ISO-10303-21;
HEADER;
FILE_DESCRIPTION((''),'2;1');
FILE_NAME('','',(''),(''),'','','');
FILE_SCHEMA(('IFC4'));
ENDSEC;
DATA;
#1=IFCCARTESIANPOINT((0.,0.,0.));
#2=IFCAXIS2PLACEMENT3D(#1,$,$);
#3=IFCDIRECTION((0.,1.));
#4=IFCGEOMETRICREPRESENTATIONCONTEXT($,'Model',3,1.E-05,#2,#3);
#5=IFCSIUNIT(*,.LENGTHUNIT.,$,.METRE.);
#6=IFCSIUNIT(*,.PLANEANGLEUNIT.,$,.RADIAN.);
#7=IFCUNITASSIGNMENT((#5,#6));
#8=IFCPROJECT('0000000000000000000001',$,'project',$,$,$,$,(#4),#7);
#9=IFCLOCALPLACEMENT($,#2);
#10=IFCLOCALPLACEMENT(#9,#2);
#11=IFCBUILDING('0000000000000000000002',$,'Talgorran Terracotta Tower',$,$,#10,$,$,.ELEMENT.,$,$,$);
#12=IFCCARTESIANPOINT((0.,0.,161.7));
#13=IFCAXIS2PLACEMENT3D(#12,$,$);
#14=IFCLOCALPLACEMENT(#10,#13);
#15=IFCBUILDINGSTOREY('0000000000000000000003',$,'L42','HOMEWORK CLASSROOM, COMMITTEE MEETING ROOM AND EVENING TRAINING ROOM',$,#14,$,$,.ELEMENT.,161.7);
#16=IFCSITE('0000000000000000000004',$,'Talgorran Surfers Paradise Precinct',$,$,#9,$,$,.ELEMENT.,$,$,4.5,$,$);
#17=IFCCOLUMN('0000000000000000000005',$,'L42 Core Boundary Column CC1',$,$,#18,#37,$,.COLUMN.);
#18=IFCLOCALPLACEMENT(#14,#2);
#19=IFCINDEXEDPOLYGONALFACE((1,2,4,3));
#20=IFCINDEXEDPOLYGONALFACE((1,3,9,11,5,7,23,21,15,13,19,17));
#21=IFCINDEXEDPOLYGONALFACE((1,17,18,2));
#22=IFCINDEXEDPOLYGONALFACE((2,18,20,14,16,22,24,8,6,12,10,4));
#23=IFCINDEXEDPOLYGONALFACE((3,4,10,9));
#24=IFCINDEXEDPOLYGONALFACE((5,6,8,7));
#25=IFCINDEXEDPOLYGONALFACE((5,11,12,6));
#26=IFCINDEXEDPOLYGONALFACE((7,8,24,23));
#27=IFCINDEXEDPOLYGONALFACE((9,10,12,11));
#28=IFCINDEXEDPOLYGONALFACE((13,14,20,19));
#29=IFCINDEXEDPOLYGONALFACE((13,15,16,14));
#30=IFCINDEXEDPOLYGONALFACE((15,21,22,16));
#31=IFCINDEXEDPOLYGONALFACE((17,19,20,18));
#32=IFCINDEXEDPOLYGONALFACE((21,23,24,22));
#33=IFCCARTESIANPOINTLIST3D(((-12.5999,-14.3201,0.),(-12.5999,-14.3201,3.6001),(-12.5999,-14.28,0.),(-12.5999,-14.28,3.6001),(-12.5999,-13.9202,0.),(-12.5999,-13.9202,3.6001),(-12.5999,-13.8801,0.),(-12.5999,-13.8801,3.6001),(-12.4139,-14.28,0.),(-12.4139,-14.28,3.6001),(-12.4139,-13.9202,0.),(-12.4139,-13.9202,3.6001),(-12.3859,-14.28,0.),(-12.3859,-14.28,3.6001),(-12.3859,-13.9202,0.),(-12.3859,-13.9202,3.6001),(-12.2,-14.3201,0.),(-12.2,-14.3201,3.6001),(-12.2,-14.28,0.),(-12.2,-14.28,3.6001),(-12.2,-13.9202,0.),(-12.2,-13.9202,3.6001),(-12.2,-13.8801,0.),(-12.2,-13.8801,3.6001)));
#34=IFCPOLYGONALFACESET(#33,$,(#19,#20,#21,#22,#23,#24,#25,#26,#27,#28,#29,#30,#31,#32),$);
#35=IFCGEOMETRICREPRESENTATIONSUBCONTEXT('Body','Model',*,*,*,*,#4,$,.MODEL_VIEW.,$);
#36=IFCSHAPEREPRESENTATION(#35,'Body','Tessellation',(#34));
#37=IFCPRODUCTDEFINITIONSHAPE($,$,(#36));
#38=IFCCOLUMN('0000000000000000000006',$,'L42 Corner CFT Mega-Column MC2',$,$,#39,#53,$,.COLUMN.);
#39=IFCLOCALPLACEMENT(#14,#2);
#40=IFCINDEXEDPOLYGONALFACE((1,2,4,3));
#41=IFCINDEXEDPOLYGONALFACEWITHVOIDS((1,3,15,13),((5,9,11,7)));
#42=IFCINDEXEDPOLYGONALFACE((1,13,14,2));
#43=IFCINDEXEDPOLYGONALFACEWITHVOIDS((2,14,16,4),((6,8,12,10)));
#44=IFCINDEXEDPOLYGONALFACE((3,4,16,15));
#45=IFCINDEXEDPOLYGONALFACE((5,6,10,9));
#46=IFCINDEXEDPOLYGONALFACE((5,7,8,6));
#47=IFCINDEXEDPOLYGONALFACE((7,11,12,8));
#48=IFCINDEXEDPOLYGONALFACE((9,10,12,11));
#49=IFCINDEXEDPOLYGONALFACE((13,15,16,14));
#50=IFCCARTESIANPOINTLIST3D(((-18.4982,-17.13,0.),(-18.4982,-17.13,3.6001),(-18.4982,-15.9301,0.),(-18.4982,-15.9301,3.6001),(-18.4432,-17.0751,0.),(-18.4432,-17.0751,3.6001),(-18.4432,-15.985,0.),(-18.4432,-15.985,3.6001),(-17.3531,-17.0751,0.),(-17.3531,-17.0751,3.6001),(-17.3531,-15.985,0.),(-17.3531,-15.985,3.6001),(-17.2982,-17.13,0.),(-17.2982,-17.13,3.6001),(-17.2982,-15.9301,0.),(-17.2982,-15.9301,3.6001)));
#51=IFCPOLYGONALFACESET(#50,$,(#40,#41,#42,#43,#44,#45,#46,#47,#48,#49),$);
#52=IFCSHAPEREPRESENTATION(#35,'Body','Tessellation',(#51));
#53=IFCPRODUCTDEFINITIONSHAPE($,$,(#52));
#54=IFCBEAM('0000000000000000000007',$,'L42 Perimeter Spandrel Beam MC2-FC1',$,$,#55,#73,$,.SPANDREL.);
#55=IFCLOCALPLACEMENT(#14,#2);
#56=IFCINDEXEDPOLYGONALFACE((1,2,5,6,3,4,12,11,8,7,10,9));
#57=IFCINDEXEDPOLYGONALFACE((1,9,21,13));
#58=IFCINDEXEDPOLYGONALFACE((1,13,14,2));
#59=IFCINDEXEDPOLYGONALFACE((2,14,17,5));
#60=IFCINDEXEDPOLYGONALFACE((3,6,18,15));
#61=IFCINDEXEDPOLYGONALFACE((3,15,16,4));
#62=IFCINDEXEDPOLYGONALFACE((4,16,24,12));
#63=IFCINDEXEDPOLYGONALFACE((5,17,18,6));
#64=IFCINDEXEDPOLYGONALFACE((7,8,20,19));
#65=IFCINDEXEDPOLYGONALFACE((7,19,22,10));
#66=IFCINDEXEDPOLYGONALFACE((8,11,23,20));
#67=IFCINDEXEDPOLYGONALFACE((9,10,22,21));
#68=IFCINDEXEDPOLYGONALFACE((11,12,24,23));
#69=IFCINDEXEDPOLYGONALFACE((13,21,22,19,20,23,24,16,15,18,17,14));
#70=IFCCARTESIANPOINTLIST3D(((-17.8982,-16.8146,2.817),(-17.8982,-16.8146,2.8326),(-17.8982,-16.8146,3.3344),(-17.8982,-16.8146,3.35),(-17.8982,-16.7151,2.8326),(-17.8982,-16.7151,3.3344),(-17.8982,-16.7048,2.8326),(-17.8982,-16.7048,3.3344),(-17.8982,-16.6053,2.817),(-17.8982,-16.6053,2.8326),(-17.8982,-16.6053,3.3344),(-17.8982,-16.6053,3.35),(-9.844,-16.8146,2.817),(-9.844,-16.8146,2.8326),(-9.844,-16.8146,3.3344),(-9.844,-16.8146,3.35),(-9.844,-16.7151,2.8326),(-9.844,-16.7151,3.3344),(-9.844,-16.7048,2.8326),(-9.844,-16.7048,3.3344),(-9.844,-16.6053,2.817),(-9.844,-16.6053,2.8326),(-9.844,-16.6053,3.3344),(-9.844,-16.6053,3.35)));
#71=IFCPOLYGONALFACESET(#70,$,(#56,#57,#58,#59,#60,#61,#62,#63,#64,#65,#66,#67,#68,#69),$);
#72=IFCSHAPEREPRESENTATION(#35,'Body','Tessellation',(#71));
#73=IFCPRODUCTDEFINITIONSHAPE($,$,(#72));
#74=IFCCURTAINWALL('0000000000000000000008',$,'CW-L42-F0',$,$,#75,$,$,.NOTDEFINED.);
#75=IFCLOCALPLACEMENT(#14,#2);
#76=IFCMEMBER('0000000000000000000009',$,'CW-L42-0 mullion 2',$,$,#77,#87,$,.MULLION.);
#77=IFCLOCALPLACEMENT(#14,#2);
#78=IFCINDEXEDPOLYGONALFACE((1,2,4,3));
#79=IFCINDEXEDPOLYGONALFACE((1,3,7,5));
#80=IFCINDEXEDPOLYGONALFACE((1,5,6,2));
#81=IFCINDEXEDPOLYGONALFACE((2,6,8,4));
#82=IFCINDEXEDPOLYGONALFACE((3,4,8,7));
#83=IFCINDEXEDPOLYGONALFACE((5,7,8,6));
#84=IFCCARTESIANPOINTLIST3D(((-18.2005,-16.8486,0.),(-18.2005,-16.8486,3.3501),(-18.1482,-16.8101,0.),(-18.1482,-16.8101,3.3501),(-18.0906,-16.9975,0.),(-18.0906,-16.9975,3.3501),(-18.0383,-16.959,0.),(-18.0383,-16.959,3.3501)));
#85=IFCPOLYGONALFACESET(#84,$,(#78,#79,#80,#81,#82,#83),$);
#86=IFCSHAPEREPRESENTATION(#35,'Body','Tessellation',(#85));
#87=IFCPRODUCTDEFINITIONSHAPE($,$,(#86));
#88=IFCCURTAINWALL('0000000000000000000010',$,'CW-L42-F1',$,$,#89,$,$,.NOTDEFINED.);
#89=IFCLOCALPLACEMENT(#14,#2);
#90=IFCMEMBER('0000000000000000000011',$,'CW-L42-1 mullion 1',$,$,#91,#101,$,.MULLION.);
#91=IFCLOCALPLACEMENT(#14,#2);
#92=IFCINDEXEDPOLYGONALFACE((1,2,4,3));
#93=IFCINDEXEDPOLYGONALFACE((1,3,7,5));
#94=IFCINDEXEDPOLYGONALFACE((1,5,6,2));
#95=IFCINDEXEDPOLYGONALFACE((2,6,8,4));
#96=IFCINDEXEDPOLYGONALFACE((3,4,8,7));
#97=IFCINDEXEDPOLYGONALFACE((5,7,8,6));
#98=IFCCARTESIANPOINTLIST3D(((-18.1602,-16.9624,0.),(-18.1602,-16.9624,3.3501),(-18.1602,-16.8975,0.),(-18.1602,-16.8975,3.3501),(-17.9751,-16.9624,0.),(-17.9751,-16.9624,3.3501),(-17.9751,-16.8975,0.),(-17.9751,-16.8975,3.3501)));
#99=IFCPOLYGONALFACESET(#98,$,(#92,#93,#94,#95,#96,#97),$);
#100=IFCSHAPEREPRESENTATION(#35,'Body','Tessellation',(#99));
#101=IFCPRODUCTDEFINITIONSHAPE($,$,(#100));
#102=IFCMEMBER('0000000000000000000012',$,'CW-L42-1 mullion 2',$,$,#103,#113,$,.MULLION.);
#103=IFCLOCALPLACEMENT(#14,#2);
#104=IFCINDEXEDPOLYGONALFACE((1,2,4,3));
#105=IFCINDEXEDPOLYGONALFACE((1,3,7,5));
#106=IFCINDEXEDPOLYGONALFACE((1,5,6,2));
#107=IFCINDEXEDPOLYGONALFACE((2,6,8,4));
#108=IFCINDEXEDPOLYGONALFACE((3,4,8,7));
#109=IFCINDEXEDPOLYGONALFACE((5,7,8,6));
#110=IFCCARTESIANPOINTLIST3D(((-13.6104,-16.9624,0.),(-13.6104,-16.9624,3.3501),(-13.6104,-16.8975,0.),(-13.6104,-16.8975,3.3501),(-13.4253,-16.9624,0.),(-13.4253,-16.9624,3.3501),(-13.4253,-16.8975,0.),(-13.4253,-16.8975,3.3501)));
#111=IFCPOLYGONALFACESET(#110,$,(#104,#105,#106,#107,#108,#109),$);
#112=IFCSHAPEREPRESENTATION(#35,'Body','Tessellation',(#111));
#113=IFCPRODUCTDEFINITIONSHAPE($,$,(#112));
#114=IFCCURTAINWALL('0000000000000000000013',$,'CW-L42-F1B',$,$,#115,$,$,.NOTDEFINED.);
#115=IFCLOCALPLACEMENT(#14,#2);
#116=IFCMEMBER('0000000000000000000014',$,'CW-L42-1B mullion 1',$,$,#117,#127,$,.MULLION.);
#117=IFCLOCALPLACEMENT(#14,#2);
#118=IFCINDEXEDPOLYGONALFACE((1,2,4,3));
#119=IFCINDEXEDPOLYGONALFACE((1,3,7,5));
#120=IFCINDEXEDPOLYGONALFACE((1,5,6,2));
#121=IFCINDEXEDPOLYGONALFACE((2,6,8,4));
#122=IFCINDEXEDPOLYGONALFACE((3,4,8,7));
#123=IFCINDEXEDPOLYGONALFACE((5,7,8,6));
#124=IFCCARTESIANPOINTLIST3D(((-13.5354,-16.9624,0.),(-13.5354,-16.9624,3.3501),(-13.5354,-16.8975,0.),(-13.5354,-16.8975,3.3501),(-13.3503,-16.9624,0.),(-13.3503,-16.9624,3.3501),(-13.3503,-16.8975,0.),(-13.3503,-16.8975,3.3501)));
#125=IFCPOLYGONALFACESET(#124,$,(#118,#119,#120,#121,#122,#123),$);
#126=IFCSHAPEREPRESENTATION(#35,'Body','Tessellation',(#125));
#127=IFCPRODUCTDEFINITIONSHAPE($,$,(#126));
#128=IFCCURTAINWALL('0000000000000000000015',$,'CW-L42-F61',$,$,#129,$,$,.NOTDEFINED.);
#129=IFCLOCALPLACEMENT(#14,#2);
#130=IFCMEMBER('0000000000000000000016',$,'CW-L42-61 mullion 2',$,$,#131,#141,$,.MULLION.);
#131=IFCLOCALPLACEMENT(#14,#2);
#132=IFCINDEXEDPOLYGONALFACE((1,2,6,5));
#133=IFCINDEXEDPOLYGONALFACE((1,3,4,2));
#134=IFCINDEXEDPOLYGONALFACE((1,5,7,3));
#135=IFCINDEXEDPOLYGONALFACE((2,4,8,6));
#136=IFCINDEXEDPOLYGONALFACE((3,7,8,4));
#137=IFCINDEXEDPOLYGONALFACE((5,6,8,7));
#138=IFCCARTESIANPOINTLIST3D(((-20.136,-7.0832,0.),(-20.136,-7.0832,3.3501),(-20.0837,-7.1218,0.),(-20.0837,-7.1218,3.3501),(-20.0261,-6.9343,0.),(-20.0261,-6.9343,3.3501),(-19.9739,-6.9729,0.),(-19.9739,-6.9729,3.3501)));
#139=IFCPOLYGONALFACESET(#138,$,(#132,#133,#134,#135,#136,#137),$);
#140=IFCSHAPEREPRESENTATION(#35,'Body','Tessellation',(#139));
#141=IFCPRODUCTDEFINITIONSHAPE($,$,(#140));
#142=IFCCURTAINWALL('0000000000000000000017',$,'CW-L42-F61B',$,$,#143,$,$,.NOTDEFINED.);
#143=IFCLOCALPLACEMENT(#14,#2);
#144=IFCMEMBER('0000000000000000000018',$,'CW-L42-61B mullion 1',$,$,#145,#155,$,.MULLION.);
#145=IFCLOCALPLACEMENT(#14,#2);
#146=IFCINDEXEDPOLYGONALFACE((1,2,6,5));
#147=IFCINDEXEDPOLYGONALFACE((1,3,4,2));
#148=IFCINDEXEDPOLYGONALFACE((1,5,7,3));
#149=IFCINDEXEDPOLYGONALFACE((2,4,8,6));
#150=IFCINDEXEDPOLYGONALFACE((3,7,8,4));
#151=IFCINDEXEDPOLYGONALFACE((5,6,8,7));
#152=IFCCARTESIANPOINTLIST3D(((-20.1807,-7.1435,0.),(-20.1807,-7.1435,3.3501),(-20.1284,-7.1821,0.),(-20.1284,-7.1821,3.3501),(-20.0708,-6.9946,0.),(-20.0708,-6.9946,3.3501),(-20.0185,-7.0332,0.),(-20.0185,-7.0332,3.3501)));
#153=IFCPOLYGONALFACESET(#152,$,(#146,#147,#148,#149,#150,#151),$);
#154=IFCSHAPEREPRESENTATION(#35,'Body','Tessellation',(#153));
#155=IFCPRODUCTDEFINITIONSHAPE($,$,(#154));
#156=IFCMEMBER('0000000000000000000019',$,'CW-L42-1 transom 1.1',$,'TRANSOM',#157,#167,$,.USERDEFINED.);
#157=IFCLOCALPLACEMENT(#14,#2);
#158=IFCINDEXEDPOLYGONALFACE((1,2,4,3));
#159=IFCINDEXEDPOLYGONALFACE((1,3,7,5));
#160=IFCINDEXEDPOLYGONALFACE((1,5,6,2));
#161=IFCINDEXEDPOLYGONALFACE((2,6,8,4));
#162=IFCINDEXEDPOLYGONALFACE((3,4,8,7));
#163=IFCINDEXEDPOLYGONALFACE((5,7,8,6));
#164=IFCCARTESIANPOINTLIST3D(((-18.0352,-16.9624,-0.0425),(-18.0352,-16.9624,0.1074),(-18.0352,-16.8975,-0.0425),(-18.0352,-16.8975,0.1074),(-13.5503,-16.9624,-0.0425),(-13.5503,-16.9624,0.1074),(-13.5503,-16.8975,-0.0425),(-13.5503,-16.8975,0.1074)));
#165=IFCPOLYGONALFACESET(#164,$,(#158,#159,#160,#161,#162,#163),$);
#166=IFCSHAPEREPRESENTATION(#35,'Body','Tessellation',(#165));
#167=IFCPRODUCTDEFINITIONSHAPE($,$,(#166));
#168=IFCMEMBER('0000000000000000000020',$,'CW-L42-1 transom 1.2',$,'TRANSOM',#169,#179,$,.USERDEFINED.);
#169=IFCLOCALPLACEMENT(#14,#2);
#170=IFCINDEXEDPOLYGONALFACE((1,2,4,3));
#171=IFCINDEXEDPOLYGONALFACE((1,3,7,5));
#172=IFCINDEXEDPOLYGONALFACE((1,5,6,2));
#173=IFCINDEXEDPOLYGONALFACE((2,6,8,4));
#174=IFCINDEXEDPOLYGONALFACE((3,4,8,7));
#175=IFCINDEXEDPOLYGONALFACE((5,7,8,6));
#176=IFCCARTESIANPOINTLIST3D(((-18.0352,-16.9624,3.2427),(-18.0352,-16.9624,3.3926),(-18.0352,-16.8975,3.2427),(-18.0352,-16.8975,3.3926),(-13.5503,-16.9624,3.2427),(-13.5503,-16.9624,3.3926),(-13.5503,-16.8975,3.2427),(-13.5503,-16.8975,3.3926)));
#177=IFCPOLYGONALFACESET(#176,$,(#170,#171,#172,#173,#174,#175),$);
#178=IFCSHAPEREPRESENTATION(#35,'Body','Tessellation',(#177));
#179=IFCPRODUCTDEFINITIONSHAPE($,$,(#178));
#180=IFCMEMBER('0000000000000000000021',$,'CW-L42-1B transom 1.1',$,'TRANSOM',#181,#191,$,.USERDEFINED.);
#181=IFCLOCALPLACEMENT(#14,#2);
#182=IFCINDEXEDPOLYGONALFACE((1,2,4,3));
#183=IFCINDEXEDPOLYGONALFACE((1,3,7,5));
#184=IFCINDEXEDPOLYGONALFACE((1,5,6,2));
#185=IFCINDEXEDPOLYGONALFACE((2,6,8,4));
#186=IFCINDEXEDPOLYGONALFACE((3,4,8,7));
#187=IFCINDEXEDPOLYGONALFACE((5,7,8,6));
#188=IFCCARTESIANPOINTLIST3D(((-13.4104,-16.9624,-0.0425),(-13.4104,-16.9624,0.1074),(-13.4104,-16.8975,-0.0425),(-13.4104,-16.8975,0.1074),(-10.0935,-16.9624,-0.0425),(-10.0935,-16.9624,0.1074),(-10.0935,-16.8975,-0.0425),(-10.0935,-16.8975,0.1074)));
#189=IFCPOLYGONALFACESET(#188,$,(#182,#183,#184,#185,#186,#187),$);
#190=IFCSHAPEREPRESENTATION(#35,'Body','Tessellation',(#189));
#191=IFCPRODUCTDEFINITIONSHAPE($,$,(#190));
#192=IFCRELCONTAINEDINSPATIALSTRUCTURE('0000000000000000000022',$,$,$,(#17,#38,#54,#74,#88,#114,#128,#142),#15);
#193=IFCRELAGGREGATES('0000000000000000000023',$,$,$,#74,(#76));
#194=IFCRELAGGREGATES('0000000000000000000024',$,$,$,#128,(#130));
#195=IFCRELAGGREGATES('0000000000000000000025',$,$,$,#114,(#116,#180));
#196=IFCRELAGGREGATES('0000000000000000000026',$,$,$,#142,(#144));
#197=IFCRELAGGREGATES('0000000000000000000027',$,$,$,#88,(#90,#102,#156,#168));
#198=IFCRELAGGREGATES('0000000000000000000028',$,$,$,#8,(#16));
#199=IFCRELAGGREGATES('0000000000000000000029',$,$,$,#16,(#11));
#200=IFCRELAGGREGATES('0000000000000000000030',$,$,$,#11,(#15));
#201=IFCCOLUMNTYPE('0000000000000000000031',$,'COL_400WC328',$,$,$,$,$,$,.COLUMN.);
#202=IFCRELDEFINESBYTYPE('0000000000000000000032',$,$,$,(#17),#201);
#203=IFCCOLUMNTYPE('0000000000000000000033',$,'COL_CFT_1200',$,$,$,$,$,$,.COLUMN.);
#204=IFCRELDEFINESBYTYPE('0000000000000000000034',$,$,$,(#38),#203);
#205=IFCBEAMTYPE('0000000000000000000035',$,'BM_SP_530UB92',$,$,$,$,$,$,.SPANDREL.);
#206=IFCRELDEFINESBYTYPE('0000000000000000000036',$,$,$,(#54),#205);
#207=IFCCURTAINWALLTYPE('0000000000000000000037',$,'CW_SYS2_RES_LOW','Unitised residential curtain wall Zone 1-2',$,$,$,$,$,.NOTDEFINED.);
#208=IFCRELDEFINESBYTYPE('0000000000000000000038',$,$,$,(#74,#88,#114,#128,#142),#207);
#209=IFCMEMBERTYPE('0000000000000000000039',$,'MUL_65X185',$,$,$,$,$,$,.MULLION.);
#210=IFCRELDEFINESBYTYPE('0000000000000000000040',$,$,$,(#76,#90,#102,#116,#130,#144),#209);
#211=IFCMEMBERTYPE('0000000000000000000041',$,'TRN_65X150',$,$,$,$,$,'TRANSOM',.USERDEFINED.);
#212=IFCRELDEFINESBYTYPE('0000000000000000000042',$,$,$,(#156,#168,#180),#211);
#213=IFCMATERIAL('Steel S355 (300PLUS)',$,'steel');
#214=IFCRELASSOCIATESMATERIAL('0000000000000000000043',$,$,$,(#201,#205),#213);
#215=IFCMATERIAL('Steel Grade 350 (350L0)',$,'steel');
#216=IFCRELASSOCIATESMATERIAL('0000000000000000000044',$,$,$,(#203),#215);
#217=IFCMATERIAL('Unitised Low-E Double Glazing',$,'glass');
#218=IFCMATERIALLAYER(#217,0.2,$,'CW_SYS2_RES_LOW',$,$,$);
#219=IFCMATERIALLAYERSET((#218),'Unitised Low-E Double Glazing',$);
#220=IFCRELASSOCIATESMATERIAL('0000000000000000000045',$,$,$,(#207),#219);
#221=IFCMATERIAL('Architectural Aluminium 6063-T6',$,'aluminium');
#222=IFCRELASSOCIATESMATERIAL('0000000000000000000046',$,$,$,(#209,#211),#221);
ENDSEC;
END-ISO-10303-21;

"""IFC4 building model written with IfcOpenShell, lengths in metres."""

from ifc_helpers import new_model, si_unit, direction, frame, origin, origin_2d, place, context, subcontext, project, spatial, rectangle, hollow_rectangle, i_section, extrude, material, layer, layer_set, material_profile, profile_set, type_object, element, aggregate, save


model = new_model("IFC4")

# Units and contexts
model_context = context("Model", 3, precision=1e-05, world=origin(), true_north=direction((0.0, 1.0)))
body_context = subcontext(model_context, "Body", "Model", "MODEL_VIEW")
ifc_project = project(units=[si_unit("LENGTHUNIT", "METRE"), si_unit("PLANEANGLEUNIT", "RADIAN")], contexts=[model_context])

# Site, building, storey
site_placement = place(None, origin())
site = spatial("IfcSite", under=ifc_project, at=site_placement, Name="Talgorran Surfers Paradise Precinct", CompositionType="ELEMENT", RefElevation=4.5)
building_placement = place(site_placement, origin())
building = spatial("IfcBuilding", under=site, at=building_placement, Name="Talgorran Terracotta Tower", CompositionType="ELEMENT")
storey_placement = place(building_placement, frame((0.0, 0.0, 161.7)))
storey = spatial("IfcBuildingStorey", under=building, at=storey_placement, Name="L42", Description="HOMEWORK CLASSROOM, COMMITTEE MEETING ROOM AND EVENING TRAINING ROOM", CompositionType="ELEMENT", Elevation=161.7)

# Columns
ifc_material_1 = material(Name="Steel S355 (300PLUS)", Category="steel")
ifc_material_profile_1 = material_profile(ifc_material_1, i_section(OverallWidth=0.3999, OverallDepth=0.4399, WebThickness=0.0281, FlangeThickness=0.04, at=origin_2d()), Name="400WC328")
ifc_profile_set_1 = profile_set([ifc_material_profile_1], Name="Steel S355 (300PLUS)")
column_type_1 = type_object("IfcColumnType", Name="COL_400WC328", PredefinedType="COLUMN", material=ifc_profile_set_1)
column_1_placement = place(storey_placement, frame((-12.3999, -14.1001, 0.0), z_axis=(0.0, 0.0, 1.0), x_axis=(1.0, 0.0, 0.0)))
element("IfcColumn", 1, at=column_1_placement, inside=storey, type_object=column_type_1, Name="L42 Core Boundary Column CC1", PredefinedType="COLUMN", context=body_context, shape_type="SweptSolid", body=[
    extrude(i_section(OverallWidth=0.3999, OverallDepth=0.4399, WebThickness=0.0281, FlangeThickness=0.04, at=origin_2d()), origin(), (0.0, 0.0, 1.0), 3.6001),
])
ifc_material_2 = material(Name="Steel Grade 350 (350L0)", Category="steel")
ifc_material_profile_2 = material_profile(ifc_material_2, hollow_rectangle(XDim=1.2, YDim=1.2, WallThickness=0.0549, at=origin_2d()), Name="CFT1200X1200X55")
ifc_profile_set_2 = profile_set([ifc_material_profile_2], Name="Steel Grade 350 (350L0)")
column_type_2 = type_object("IfcColumnType", Name="COL_CFT_1200", PredefinedType="COLUMN", material=ifc_profile_set_2)
column_2_placement = place(storey_placement, frame((-17.8982, -16.53, 0.0), z_axis=(0.0, 0.0, 1.0), x_axis=(1.0, 0.0, 0.0)))
element("IfcColumn", 2, at=column_2_placement, inside=storey, type_object=column_type_2, Name="L42 Corner CFT Mega-Column MC2", PredefinedType="COLUMN", context=body_context, shape_type="SweptSolid", body=[
    extrude(hollow_rectangle(XDim=1.2, YDim=1.2, WallThickness=0.0549, at=origin_2d()), origin(), (0.0, 0.0, 1.0), 3.6001),
])

# Beam
ifc_material_profile_3 = material_profile(ifc_material_1, i_section(OverallWidth=0.2092, OverallDepth=0.533, WebThickness=0.0103, FlangeThickness=0.0156, at=origin_2d()), Name="530UB92.4")
ifc_profile_set_3 = profile_set([ifc_material_profile_3], Name="Steel S355 (300PLUS)")
beam_type = type_object("IfcBeamType", Name="BM_SP_530UB92", PredefinedType="SPANDREL", material=ifc_profile_set_3)
beam_placement = place(storey_placement, frame((-17.8982, -16.71, 3.0835), z_axis=(1.0, 0.0, 0.0), x_axis=(0.0, 1.0, 0.0)))
element("IfcBeam", 3, at=beam_placement, inside=storey, type_object=beam_type, Name="L42 Perimeter Spandrel Beam MC2-FC1", PredefinedType="SPANDREL", context=body_context, shape_type="SweptSolid", body=[
    extrude(i_section(OverallWidth=0.2092, OverallDepth=0.533, WebThickness=0.0103, FlangeThickness=0.0156, at=origin_2d()), origin(), (0.0, 0.0, 1.0), 8.0542),
])

# Curtain wall, member
ifc_material_3 = material(Name="Unitised Low-E Double Glazing", Category="glass")
ifc_layer_1 = layer(ifc_material_3, 0.2, Name="CW_SYS2_RES_LOW")
ifc_layer_set_1 = layer_set([ifc_layer_1], Name="Unitised Low-E Double Glazing")
curtain_wall_type = type_object("IfcCurtainWallType", Name="CW_SYS2_RES_LOW", Description="Unitised residential curtain wall Zone 1-2", PredefinedType="NOTDEFINED", material=ifc_layer_set_1)
curtain_wall_1_placement = place(storey_placement, origin())
curtain_wall_1 = element("IfcCurtainWall", 4, at=curtain_wall_1_placement, inside=storey, type_object=curtain_wall_type, Name="CW-L42-F0", PredefinedType="NOTDEFINED")
ifc_material_4 = material(Name="Architectural Aluminium 6063-T6", Category="aluminium")
ifc_material_profile_4 = material_profile(ifc_material_4, rectangle(XDim=0.0649, YDim=0.1851, at=origin_2d()), Name="CWM65X185")
ifc_profile_set_4 = profile_set([ifc_material_profile_4], Name="Architectural Aluminium 6063-T6")
member_type_1 = type_object("IfcMemberType", Name="MUL_65X185", PredefinedType="MULLION", material=ifc_profile_set_4)
member_1_placement = place(storey_placement, frame((-18.1194, -16.9038, 0.0), z_axis=(0.0, 0.0, 1.0), x_axis=(0.80462, 0.593791, 0.0)))
member_1 = element("IfcMember", 5, at=member_1_placement, type_object=member_type_1, Name="CW-L42-0 mullion 2", PredefinedType="MULLION", context=body_context, shape_type="SweptSolid", body=[
    extrude(rectangle(XDim=0.0649, YDim=0.1851, at=origin_2d()), origin(), (0.0, 0.0, 1.0), 3.3501),
])
aggregate(curtain_wall_1, [member_1])

# Curtain wall, members
curtain_wall_2_placement = place(storey_placement, origin())
curtain_wall_2 = element("IfcCurtainWall", 6, at=curtain_wall_2_placement, inside=storey, type_object=curtain_wall_type, Name="CW-L42-F1", PredefinedType="NOTDEFINED")
member_2_placement = place(storey_placement, frame((-18.0676, -16.9299, 0.0), z_axis=(0.0, 0.0, 1.0), x_axis=(0.0, 1.0, 0.0)))
member_2 = element("IfcMember", 7, at=member_2_placement, type_object=member_type_1, Name="CW-L42-1 mullion 1", PredefinedType="MULLION", context=body_context, shape_type="SweptSolid", body=[
    extrude(rectangle(XDim=0.0649, YDim=0.1851, at=origin_2d()), origin(), (0.0, 0.0, 1.0), 3.3501),
])
member_3_placement = place(storey_placement, frame((-13.5178, -16.9299, 0.0), z_axis=(0.0, 0.0, 1.0), x_axis=(0.0, 1.0, 0.0)))
member_3 = element("IfcMember", 8, at=member_3_placement, type_object=member_type_1, Name="CW-L42-1 mullion 2", PredefinedType="MULLION", context=body_context, shape_type="SweptSolid", body=[
    extrude(rectangle(XDim=0.0649, YDim=0.1851, at=origin_2d()), origin(), (0.0, 0.0, 1.0), 3.3501),
])

# Curtain walls, members
curtain_wall_3_placement = place(storey_placement, origin())
curtain_wall_3 = element("IfcCurtainWall", 9, at=curtain_wall_3_placement, inside=storey, type_object=curtain_wall_type, Name="CW-L42-F1B", PredefinedType="NOTDEFINED")
member_4_placement = place(storey_placement, frame((-13.4429, -16.9299, 0.0), z_axis=(0.0, 0.0, 1.0), x_axis=(0.0, 1.0, 0.0)))
member_4 = element("IfcMember", 10, at=member_4_placement, type_object=member_type_1, Name="CW-L42-1B mullion 1", PredefinedType="MULLION", context=body_context, shape_type="SweptSolid", body=[
    extrude(rectangle(XDim=0.0649, YDim=0.1851, at=origin_2d()), origin(), (0.0, 0.0, 1.0), 3.3501),
])
curtain_wall_4_placement = place(storey_placement, origin())
curtain_wall_4 = element("IfcCurtainWall", 11, at=curtain_wall_4_placement, inside=storey, type_object=curtain_wall_type, Name="CW-L42-F61", PredefinedType="NOTDEFINED")
member_5_placement = place(storey_placement, frame((-20.0549, -7.0281, 0.0), z_axis=(0.0, 0.0, 1.0), x_axis=(0.804625, -0.593784, 0.0)))
member_5 = element("IfcMember", 12, at=member_5_placement, type_object=member_type_1, Name="CW-L42-61 mullion 2", PredefinedType="MULLION", context=body_context, shape_type="SweptSolid", body=[
    extrude(rectangle(XDim=0.0649, YDim=0.1851, at=origin_2d()), origin(), (0.0, 0.0, 1.0), 3.3501),
])
aggregate(curtain_wall_4, [member_5])
curtain_wall_5_placement = place(storey_placement, origin())
curtain_wall_5 = element("IfcCurtainWall", 13, at=curtain_wall_5_placement, inside=storey, type_object=curtain_wall_type, Name="CW-L42-F61B", PredefinedType="NOTDEFINED")
member_6_placement = place(storey_placement, frame((-20.0996, -7.0884, 0.0), z_axis=(0.0, 0.0, 1.0), x_axis=(0.804621, -0.593789, 0.0)))
member_6 = element("IfcMember", 14, at=member_6_placement, type_object=member_type_1, Name="CW-L42-61B mullion 1", PredefinedType="MULLION", context=body_context, shape_type="SweptSolid", body=[
    extrude(rectangle(XDim=0.0649, YDim=0.1851, at=origin_2d()), origin(), (0.0, 0.0, 1.0), 3.3501),
])

# Members
ifc_material_profile_5 = material_profile(ifc_material_4, rectangle(XDim=0.0649, YDim=0.1499, at=origin_2d()), Name="CWT65X150")
ifc_profile_set_5 = profile_set([ifc_material_profile_5], Name="Architectural Aluminium 6063-T6")
member_type_2 = type_object("IfcMemberType", Name="TRN_65X150", ElementType="TRANSOM", PredefinedType="USERDEFINED", material=ifc_profile_set_5)
member_7_placement = place(storey_placement, frame((-18.0352, -16.9299, 0.0325), z_axis=(1.0, 0.0, 0.0), x_axis=(0.0, 1.0, 0.0)))
member_7 = element("IfcMember", 15, at=member_7_placement, type_object=member_type_2, Name="CW-L42-1 transom 1.1", ObjectType="TRANSOM", PredefinedType="USERDEFINED", context=body_context, shape_type="SweptSolid", body=[
    extrude(rectangle(XDim=0.0649, YDim=0.1499, at=origin_2d()), origin(), (0.0, 0.0, 1.0), 4.4849),
])
member_8_placement = place(storey_placement, frame((-18.0352, -16.9299, 3.3176), z_axis=(1.0, 0.0, 0.0), x_axis=(0.0, 1.0, 0.0)))
member_8 = element("IfcMember", 16, at=member_8_placement, type_object=member_type_2, Name="CW-L42-1 transom 1.2", ObjectType="TRANSOM", PredefinedType="USERDEFINED", context=body_context, shape_type="SweptSolid", body=[
    extrude(rectangle(XDim=0.0649, YDim=0.1499, at=origin_2d()), origin(), (0.0, 0.0, 1.0), 4.4849),
])
member_9_placement = place(storey_placement, frame((-13.4104, -16.9299, 0.0325), z_axis=(1.0, 0.0, 0.0), x_axis=(0.0, 1.0, 0.0)))
member_9 = element("IfcMember", 17, at=member_9_placement, type_object=member_type_2, Name="CW-L42-1B transom 1.1", ObjectType="TRANSOM", PredefinedType="USERDEFINED", context=body_context, shape_type="SweptSolid", body=[
    extrude(rectangle(XDim=0.0649, YDim=0.1499, at=origin_2d()), origin(), (0.0, 0.0, 1.0), 3.3169),
])
aggregate(curtain_wall_3, [member_4, member_9])
aggregate(curtain_wall_5, [member_6])

aggregate(curtain_wall_2, [member_2, member_3, member_7, member_8])

save(model, "model.ifc")
